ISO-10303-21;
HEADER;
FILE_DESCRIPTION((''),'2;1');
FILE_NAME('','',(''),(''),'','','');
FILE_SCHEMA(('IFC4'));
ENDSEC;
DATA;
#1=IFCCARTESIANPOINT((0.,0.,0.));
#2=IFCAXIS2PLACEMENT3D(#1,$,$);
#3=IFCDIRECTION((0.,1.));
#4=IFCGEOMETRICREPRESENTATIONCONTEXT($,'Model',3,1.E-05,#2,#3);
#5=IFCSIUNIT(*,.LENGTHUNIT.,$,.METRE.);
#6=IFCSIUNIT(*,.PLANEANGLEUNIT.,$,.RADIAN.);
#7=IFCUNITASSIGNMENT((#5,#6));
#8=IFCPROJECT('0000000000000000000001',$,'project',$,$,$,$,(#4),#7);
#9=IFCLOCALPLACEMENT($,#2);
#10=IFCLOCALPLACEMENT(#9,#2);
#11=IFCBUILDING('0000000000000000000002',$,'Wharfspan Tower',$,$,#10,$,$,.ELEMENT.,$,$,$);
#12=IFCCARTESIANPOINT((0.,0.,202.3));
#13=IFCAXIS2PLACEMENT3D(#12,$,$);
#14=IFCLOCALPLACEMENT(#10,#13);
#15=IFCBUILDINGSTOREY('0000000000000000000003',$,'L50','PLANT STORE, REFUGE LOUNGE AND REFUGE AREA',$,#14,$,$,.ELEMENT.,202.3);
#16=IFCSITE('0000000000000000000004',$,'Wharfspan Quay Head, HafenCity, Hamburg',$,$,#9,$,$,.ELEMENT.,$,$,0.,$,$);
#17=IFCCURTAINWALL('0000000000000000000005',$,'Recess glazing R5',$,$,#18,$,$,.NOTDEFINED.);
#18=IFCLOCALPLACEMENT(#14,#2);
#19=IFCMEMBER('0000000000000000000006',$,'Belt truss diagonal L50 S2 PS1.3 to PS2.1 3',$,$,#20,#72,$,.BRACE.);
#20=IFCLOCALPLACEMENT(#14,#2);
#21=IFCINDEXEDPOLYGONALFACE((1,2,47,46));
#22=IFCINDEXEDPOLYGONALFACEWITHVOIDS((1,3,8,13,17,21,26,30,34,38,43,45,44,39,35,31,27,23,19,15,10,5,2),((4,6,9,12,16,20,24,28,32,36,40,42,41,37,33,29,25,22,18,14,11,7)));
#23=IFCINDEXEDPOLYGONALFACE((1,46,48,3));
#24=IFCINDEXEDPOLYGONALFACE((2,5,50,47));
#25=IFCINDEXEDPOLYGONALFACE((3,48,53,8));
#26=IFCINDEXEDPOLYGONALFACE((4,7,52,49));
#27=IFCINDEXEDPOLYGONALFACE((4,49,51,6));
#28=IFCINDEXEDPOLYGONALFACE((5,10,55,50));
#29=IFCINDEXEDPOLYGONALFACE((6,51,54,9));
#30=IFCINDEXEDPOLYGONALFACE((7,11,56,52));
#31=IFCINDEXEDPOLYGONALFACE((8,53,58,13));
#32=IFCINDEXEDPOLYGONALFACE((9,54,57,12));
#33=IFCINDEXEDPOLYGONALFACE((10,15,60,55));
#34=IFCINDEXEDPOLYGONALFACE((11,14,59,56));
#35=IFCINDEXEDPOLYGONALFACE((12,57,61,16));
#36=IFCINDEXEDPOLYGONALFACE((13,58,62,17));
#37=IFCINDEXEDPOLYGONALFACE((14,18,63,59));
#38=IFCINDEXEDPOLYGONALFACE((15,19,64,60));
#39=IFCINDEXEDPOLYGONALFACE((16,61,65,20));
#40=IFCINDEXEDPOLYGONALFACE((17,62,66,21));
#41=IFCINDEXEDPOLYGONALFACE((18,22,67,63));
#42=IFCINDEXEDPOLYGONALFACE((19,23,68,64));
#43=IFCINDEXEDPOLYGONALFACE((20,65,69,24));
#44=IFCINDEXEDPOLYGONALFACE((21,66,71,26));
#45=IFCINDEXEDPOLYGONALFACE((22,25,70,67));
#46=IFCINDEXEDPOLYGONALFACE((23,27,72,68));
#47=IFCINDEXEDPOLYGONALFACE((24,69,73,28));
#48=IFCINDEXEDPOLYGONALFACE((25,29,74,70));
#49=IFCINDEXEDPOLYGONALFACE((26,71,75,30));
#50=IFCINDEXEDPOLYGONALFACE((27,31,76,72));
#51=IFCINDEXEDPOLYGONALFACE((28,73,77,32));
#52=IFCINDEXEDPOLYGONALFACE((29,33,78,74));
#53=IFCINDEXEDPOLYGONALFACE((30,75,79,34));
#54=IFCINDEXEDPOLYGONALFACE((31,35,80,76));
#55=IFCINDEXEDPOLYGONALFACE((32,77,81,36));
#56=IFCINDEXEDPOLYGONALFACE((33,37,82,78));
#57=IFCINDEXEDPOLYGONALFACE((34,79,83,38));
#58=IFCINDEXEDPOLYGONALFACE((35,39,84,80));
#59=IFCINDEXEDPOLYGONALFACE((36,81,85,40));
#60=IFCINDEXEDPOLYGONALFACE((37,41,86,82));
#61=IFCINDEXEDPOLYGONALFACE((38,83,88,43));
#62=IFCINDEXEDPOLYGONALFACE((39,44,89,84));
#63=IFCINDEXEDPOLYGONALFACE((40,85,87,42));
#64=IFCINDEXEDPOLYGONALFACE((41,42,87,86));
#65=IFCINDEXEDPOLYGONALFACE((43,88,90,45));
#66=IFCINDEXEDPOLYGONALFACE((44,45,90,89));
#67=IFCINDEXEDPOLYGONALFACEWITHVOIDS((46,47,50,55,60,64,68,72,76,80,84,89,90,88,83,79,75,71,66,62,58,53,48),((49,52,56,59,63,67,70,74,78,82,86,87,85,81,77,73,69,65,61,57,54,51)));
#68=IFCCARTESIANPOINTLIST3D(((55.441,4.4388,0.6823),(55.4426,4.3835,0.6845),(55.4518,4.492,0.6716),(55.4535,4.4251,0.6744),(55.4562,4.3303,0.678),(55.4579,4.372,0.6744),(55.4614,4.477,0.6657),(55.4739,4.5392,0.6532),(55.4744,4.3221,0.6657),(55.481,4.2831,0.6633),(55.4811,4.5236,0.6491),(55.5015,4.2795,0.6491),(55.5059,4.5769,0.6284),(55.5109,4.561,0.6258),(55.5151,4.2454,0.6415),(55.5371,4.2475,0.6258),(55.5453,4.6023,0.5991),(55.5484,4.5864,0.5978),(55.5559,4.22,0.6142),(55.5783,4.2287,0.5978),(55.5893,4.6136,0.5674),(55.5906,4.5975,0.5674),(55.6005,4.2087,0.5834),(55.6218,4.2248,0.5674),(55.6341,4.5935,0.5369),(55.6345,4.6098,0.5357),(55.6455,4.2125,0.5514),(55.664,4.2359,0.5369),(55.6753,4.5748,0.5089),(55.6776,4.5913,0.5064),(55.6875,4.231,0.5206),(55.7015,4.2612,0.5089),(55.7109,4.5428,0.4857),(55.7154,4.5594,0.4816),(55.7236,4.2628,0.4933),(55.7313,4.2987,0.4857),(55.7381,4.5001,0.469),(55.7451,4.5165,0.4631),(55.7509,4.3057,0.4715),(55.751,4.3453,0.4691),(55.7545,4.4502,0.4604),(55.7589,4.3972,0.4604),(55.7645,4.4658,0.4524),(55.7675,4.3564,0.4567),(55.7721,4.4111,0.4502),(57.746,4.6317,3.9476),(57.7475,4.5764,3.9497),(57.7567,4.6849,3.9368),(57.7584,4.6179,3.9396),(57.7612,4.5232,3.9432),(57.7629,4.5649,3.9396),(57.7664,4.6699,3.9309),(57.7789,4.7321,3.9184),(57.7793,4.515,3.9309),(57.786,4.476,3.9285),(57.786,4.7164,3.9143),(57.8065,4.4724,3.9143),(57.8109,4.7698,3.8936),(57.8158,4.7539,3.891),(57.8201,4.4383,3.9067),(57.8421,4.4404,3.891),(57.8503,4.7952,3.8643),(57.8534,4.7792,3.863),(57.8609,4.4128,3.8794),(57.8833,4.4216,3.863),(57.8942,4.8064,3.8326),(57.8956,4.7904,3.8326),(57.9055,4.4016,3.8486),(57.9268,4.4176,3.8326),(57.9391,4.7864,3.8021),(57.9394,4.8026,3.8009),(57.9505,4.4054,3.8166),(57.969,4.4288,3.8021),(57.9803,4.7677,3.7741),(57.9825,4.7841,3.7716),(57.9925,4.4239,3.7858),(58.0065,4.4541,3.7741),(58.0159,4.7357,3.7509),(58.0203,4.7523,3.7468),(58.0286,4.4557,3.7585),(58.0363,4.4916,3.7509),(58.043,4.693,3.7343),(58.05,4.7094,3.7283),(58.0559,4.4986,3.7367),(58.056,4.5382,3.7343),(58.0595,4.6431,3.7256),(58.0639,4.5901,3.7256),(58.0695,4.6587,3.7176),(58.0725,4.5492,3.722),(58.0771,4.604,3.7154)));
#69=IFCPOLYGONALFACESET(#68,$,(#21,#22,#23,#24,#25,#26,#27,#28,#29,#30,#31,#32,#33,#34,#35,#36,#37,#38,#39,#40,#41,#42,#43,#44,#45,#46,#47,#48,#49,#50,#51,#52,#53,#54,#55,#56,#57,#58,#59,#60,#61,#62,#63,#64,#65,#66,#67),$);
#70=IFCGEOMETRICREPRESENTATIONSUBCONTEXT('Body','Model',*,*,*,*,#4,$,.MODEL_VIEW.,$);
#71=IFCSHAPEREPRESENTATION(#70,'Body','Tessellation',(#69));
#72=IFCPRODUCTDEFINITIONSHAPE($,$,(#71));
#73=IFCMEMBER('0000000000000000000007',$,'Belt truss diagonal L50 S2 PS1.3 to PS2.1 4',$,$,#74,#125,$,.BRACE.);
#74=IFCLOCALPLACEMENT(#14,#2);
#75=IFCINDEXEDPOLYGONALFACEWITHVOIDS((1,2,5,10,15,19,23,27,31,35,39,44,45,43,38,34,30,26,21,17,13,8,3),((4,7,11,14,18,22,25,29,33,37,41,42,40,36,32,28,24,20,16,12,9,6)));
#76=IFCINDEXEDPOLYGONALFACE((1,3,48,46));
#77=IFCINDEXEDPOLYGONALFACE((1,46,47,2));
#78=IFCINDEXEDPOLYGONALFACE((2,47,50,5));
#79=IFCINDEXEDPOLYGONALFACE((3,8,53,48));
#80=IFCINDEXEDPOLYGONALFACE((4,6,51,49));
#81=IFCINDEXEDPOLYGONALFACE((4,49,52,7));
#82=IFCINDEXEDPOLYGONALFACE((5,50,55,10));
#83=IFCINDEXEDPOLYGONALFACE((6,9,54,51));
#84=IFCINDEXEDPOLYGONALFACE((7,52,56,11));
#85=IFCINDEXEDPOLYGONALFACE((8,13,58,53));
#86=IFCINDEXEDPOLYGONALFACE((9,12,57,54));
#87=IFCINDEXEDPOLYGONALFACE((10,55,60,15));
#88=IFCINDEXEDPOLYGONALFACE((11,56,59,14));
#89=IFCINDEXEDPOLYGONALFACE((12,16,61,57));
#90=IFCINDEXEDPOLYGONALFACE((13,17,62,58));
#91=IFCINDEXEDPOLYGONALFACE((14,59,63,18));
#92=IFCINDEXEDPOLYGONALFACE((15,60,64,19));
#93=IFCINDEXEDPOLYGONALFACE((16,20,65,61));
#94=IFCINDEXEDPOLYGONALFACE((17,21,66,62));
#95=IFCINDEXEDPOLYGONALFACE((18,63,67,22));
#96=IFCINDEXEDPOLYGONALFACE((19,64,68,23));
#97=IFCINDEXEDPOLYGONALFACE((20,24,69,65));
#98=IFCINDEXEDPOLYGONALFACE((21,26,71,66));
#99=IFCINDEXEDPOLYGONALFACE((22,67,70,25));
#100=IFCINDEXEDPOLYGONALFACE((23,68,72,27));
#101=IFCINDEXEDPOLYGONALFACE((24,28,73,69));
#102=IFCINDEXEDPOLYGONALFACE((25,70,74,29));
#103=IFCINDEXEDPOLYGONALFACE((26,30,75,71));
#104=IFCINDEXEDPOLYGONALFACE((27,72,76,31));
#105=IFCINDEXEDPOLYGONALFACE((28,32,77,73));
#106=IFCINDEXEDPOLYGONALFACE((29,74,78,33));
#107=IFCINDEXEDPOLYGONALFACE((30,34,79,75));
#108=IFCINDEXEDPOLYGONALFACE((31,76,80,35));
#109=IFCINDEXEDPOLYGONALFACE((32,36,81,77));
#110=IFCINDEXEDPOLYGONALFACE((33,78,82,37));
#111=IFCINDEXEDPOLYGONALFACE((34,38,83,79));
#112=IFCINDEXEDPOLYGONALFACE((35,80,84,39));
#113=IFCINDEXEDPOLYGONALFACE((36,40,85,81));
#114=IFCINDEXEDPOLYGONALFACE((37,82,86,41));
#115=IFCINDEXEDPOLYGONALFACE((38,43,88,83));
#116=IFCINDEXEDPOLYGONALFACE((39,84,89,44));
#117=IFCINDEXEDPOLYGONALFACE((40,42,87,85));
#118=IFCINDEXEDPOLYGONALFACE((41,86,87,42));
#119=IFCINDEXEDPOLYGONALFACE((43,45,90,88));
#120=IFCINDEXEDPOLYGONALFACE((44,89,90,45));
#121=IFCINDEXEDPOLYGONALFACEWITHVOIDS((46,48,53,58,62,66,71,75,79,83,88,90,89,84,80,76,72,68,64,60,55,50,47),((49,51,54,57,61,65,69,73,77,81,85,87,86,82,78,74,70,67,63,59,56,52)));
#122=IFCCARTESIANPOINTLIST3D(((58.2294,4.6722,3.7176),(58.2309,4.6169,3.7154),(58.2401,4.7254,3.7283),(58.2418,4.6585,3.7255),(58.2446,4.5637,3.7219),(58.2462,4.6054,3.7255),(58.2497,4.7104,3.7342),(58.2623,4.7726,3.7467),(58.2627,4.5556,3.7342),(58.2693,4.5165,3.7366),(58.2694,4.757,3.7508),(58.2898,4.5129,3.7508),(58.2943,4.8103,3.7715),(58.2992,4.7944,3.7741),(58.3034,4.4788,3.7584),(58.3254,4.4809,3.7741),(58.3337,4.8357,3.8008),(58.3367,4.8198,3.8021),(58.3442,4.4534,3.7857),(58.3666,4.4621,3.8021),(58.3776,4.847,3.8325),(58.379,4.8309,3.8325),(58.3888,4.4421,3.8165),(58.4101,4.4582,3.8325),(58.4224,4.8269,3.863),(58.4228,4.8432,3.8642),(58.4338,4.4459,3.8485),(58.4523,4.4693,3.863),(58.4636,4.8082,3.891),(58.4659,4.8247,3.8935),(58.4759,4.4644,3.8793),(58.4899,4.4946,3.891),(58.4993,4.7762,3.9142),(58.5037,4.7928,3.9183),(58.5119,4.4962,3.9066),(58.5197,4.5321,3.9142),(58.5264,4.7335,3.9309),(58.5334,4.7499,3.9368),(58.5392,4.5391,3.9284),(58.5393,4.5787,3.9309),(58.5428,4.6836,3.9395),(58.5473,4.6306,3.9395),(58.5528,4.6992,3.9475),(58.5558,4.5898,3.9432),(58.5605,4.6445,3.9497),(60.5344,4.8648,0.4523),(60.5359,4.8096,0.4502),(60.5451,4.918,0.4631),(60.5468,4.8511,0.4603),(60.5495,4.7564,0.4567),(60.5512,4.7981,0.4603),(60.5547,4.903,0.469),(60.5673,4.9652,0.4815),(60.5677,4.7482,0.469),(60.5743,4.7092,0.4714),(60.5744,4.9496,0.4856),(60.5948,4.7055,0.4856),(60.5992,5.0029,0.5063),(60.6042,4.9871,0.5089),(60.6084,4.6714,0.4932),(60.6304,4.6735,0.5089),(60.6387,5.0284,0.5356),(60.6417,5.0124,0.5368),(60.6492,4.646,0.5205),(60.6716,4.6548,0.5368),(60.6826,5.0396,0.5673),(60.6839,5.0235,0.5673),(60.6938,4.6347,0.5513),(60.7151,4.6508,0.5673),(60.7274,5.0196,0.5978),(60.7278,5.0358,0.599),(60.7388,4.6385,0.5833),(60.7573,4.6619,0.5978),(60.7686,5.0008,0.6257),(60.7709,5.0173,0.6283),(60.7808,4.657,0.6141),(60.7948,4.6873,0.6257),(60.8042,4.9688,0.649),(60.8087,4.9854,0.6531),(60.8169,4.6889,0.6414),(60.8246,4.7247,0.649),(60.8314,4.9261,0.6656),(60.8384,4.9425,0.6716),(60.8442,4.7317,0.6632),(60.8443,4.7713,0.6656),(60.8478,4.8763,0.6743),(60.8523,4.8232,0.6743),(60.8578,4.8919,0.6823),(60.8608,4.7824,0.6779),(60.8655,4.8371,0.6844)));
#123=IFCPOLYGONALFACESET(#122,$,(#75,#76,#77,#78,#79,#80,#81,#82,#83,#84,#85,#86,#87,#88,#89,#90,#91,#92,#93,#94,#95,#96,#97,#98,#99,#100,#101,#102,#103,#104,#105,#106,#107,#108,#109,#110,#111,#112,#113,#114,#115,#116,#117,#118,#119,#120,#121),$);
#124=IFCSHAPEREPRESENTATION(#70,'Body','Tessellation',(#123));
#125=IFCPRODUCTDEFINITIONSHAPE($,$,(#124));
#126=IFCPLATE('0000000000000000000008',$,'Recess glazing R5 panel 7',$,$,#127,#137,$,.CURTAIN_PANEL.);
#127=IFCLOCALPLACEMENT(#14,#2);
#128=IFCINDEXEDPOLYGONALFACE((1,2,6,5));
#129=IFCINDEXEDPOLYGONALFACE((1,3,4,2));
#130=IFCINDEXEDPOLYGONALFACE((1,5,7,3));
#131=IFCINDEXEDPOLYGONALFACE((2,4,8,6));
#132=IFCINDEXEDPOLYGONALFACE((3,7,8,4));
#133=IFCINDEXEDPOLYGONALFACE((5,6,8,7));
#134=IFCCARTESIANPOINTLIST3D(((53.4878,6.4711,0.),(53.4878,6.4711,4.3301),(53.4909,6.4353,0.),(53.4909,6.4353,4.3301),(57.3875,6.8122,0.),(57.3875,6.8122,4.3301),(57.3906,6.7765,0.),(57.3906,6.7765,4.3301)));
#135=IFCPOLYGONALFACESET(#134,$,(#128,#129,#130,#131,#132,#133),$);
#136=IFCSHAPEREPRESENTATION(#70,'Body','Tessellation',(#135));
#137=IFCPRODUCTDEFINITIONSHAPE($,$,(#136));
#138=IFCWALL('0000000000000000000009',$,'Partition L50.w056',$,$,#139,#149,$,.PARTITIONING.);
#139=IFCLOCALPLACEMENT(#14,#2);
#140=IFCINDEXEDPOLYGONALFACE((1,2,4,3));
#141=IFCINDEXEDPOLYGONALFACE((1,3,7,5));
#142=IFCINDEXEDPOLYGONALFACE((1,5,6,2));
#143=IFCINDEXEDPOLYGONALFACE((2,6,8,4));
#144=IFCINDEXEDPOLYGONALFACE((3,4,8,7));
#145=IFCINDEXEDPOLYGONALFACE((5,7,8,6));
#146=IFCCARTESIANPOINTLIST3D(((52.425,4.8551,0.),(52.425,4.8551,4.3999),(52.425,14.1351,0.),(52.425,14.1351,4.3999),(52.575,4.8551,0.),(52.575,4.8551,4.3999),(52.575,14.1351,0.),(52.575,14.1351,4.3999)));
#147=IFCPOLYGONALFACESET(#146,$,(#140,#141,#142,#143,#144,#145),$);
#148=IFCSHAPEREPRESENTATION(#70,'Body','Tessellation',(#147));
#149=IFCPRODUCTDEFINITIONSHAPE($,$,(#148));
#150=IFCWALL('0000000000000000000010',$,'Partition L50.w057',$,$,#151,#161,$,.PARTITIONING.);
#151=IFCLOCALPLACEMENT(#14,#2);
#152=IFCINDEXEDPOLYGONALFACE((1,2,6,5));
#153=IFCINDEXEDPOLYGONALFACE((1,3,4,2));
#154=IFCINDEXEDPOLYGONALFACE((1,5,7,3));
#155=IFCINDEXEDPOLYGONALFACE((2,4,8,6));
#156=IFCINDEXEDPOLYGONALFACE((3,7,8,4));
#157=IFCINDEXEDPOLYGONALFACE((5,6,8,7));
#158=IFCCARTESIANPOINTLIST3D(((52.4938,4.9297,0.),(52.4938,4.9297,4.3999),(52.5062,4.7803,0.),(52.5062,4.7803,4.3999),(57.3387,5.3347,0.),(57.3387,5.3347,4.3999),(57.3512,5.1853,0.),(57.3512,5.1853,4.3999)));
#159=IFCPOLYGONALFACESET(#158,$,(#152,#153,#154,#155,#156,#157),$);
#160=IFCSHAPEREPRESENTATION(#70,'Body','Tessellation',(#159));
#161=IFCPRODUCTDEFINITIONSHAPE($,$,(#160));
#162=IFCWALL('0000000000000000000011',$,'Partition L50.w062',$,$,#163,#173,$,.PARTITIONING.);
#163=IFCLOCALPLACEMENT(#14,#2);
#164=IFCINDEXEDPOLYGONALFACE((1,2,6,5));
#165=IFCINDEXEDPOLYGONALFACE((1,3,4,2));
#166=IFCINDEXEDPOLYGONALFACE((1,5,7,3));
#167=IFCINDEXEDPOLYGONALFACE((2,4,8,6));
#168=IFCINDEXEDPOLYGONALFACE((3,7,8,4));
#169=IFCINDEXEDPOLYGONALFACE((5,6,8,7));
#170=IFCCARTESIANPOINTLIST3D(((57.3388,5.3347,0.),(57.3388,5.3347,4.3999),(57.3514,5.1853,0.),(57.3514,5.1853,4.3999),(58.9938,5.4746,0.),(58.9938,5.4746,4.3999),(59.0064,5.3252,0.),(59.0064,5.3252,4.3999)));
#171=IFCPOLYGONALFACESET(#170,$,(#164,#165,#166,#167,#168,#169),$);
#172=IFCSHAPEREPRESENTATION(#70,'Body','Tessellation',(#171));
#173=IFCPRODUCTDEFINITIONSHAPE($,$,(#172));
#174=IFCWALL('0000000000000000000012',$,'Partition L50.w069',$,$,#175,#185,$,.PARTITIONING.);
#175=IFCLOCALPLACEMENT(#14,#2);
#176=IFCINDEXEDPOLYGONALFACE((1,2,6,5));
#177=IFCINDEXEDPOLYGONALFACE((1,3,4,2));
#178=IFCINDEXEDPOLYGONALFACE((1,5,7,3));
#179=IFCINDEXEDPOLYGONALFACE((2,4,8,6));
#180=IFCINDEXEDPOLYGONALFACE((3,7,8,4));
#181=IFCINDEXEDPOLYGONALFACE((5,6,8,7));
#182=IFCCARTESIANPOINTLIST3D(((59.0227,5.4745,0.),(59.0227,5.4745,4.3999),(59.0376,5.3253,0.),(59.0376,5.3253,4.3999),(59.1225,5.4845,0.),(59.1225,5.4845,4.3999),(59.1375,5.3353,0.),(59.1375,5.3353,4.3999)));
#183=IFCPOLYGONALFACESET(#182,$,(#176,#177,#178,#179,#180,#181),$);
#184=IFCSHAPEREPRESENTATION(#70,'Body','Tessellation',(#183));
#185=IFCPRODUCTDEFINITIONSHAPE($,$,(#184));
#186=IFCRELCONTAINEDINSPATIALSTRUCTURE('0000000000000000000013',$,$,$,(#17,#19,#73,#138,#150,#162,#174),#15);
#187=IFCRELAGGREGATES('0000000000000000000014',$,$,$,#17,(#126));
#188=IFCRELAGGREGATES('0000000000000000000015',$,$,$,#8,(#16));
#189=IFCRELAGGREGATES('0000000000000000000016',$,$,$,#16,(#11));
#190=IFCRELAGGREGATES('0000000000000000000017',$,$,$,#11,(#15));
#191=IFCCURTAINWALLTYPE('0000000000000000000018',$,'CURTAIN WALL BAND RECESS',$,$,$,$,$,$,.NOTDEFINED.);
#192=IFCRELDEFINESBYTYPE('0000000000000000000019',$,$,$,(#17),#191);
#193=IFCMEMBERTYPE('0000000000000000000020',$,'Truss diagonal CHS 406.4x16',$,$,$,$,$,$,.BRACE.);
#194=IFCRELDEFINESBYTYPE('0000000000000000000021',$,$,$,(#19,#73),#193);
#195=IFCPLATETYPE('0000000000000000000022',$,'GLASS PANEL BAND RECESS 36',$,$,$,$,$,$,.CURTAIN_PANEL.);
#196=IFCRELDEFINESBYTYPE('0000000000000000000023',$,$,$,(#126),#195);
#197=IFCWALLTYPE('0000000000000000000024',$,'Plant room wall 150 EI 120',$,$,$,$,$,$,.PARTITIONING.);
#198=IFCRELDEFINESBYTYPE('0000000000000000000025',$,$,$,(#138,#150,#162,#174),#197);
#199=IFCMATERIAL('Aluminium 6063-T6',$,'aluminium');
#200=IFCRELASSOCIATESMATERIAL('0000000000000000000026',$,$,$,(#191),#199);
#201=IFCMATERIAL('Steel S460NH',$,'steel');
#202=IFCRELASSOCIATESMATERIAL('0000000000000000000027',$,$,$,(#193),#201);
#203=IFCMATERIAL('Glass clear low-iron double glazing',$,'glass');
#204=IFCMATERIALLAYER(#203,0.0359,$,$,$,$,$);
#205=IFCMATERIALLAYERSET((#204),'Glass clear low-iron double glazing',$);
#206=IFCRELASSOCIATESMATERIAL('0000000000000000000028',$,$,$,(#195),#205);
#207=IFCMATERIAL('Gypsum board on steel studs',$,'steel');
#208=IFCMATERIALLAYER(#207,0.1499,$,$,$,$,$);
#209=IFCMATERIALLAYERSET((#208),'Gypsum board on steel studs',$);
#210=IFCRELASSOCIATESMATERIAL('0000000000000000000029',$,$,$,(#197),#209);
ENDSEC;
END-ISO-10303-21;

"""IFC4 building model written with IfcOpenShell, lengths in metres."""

from ifc_helpers import new_model, si_unit, direction, frame, frame_2d, origin, origin_2d, place, context, subcontext, project, spatial, rectangle, hollow_circle, extrude, material, layer, layer_set, material_profile, profile_set, type_object, element, aggregate, save


model = new_model("IFC4")

# Units and contexts
model_context = context("Model", 3, precision=1e-05, world=origin(), true_north=direction((0.0, 1.0)))
body_context = subcontext(model_context, "Body", "Model", "MODEL_VIEW")
ifc_project = project(units=[si_unit("LENGTHUNIT", "METRE"), si_unit("PLANEANGLEUNIT", "RADIAN")], contexts=[model_context])

# Site, building, storey
site_placement = place(None, origin())
site = spatial("IfcSite", under=ifc_project, at=site_placement, Name="Wharfspan Quay Head, HafenCity, Hamburg", CompositionType="ELEMENT", RefElevation=0.0)
building_placement = place(site_placement, origin())
building = spatial("IfcBuilding", under=site, at=building_placement, Name="Wharfspan Tower", CompositionType="ELEMENT")
storey_placement = place(building_placement, frame((0.0, 0.0, 202.3)))
storey = spatial("IfcBuildingStorey", under=building, at=storey_placement, Name="L50", Description="PLANT STORE, REFUGE LOUNGE AND REFUGE AREA", CompositionType="ELEMENT", Elevation=202.3)

# Curtain wall
ifc_material_1 = material(Name="Aluminium 6063-T6", Category="aluminium")
curtain_wall_type = type_object("IfcCurtainWallType", Name="CURTAIN WALL BAND RECESS", PredefinedType="NOTDEFINED", material=ifc_material_1)
curtain_wall_placement = place(storey_placement, origin())
curtain_wall = element("IfcCurtainWall", 1, at=curtain_wall_placement, inside=storey, type_object=curtain_wall_type, Name="Recess glazing R5", PredefinedType="NOTDEFINED")

# Members
ifc_material_2 = material(Name="Steel S460NH", Category="steel")
ifc_material_profile_1 = material_profile(ifc_material_2, hollow_circle(Radius=0.2031, WallThickness=0.0161, at=origin_2d()))
ifc_profile_set_1 = profile_set([ifc_material_profile_1], Name="Steel S460NH")
member_type_1 = type_object("IfcMemberType", Name="Truss diagonal CHS 406.4x16", PredefinedType="BRACE", material=ifc_profile_set_1)
for number, where, z_axis, x_axis, name in (
    (2, (55.6062, 4.4111, 0.5674), (0.576034, 0.048201, 0.816003), (-0.083382, 0.996521, -0.000003), "Belt truss diagonal L50 S2 PS1.3 to PS2.1 3"),
    (3, (58.3945, 4.6445, 3.8325), (0.576036, 0.04814, -0.816005), (-0.083282, 0.996523, -0.000001), "Belt truss diagonal L50 S2 PS1.3 to PS2.1 4"),
):
    element("IfcMember", number, at=place(storey_placement, frame(where, z_axis=z_axis, x_axis=x_axis)), inside=storey, type_object=member_type_1, Name=name, PredefinedType="BRACE", context=body_context, shape_type="SweptSolid", body=[
        extrude(hollow_circle(Radius=0.2031, WallThickness=0.0161, at=origin_2d()), origin(), (0.0, 0.0, 1.0), 4.0015),
    ])

# Plate
ifc_material_3 = material(Name="Glass clear low-iron double glazing", Category="glass")
ifc_layer_1 = layer(ifc_material_3, 0.0359)
ifc_layer_set_1 = layer_set([ifc_layer_1], Name="Glass clear low-iron double glazing")
plate_type = type_object("IfcPlateType", Name="GLASS PANEL BAND RECESS 36", PredefinedType="CURTAIN_PANEL", material=ifc_layer_set_1)
plate_placement = place(storey_placement, frame((55.4392, 6.6238, 0.0), z_axis=(0.0, 0.0, 1.0), x_axis=(-0.996198, -0.087156, 0.0)))
plate = element("IfcPlate", 4, at=plate_placement, type_object=plate_type, Name="Recess glazing R5 panel 7", PredefinedType="CURTAIN_PANEL", context=body_context, shape_type="SweptSolid", body=[
    extrude(rectangle(XDim=3.9146, YDim=0.0359, at=origin_2d()), origin(), (0.0, 0.0, 1.0), 4.3301),
])
aggregate(curtain_wall, [plate])

# Walls
ifc_material_4 = material(Name="Gypsum board on steel studs", Category="steel")
ifc_layer_2 = layer(ifc_material_4, 0.1499)
ifc_layer_set_2 = layer_set([ifc_layer_2], Name="Gypsum board on steel studs")
wall_type = type_object("IfcWallType", Name="Plant room wall 150 EI 120", PredefinedType="PARTITIONING", material=ifc_layer_set_2)
wall_1_placement = place(storey_placement, frame((52.5, 4.855, 0.0), z_axis=(0.0, 0.0, 1.0), x_axis=(0.0, 1.0, 0.0)))
element("IfcWall", 5, at=wall_1_placement, inside=storey, type_object=wall_type, Name="Partition L50.w056", PredefinedType="PARTITIONING", context=body_context, shape_type="SweptSolid", body=[
    extrude(rectangle(XDim=9.28, YDim=0.1499, at=frame_2d((4.6401, 0.0))), origin(), (0.0, 0.0, 1.0), 4.3999),
])
wall_2_placement = place(storey_placement, frame((52.5, 4.855, 0.0), z_axis=(0.0, 0.0, 1.0), x_axis=(0.99652, 0.083307, 0.0)))
element("IfcWall", 6, at=wall_2_placement, inside=storey, type_object=wall_type, Name="Partition L50.w057", PredefinedType="PARTITIONING", context=body_context, shape_type="SweptSolid", body=[
    extrude(rectangle(XDim=4.8618, YDim=0.1499, at=frame_2d((2.4309, 0.0))), origin(), (0.0, 0.0, 1.0), 4.3999),
])
wall_3_placement = place(storey_placement, frame((57.345, 5.26, 0.0), z_axis=(0.0, 0.0, 1.0), x_axis=(0.996443, 0.084225, 0.0)))
element("IfcWall", 7, at=wall_3_placement, inside=storey, type_object=wall_type, Name="Partition L50.w062", PredefinedType="PARTITIONING", context=body_context, shape_type="SweptSolid", body=[
    extrude(rectangle(XDim=1.6609, YDim=0.1499, at=frame_2d((0.8306, 0.0))), origin(), (0.0, 0.0, 1.0), 4.3999),
])
wall_4_placement = place(storey_placement, frame((59.03, 5.3999, 0.0), z_axis=(0.0, 0.0, 1.0), x_axis=(0.995017, 0.099745, 0.0)))
element("IfcWall", 8, at=wall_4_placement, inside=storey, type_object=wall_type, Name="Partition L50.w069", PredefinedType="PARTITIONING", context=body_context, shape_type="SweptSolid", body=[
    extrude(rectangle(XDim=0.1003, YDim=0.1499, at=frame_2d((0.0503, 0.0))), origin(), (0.0, 0.0, 1.0), 4.3999),
])

save(model, "model.ifc")
